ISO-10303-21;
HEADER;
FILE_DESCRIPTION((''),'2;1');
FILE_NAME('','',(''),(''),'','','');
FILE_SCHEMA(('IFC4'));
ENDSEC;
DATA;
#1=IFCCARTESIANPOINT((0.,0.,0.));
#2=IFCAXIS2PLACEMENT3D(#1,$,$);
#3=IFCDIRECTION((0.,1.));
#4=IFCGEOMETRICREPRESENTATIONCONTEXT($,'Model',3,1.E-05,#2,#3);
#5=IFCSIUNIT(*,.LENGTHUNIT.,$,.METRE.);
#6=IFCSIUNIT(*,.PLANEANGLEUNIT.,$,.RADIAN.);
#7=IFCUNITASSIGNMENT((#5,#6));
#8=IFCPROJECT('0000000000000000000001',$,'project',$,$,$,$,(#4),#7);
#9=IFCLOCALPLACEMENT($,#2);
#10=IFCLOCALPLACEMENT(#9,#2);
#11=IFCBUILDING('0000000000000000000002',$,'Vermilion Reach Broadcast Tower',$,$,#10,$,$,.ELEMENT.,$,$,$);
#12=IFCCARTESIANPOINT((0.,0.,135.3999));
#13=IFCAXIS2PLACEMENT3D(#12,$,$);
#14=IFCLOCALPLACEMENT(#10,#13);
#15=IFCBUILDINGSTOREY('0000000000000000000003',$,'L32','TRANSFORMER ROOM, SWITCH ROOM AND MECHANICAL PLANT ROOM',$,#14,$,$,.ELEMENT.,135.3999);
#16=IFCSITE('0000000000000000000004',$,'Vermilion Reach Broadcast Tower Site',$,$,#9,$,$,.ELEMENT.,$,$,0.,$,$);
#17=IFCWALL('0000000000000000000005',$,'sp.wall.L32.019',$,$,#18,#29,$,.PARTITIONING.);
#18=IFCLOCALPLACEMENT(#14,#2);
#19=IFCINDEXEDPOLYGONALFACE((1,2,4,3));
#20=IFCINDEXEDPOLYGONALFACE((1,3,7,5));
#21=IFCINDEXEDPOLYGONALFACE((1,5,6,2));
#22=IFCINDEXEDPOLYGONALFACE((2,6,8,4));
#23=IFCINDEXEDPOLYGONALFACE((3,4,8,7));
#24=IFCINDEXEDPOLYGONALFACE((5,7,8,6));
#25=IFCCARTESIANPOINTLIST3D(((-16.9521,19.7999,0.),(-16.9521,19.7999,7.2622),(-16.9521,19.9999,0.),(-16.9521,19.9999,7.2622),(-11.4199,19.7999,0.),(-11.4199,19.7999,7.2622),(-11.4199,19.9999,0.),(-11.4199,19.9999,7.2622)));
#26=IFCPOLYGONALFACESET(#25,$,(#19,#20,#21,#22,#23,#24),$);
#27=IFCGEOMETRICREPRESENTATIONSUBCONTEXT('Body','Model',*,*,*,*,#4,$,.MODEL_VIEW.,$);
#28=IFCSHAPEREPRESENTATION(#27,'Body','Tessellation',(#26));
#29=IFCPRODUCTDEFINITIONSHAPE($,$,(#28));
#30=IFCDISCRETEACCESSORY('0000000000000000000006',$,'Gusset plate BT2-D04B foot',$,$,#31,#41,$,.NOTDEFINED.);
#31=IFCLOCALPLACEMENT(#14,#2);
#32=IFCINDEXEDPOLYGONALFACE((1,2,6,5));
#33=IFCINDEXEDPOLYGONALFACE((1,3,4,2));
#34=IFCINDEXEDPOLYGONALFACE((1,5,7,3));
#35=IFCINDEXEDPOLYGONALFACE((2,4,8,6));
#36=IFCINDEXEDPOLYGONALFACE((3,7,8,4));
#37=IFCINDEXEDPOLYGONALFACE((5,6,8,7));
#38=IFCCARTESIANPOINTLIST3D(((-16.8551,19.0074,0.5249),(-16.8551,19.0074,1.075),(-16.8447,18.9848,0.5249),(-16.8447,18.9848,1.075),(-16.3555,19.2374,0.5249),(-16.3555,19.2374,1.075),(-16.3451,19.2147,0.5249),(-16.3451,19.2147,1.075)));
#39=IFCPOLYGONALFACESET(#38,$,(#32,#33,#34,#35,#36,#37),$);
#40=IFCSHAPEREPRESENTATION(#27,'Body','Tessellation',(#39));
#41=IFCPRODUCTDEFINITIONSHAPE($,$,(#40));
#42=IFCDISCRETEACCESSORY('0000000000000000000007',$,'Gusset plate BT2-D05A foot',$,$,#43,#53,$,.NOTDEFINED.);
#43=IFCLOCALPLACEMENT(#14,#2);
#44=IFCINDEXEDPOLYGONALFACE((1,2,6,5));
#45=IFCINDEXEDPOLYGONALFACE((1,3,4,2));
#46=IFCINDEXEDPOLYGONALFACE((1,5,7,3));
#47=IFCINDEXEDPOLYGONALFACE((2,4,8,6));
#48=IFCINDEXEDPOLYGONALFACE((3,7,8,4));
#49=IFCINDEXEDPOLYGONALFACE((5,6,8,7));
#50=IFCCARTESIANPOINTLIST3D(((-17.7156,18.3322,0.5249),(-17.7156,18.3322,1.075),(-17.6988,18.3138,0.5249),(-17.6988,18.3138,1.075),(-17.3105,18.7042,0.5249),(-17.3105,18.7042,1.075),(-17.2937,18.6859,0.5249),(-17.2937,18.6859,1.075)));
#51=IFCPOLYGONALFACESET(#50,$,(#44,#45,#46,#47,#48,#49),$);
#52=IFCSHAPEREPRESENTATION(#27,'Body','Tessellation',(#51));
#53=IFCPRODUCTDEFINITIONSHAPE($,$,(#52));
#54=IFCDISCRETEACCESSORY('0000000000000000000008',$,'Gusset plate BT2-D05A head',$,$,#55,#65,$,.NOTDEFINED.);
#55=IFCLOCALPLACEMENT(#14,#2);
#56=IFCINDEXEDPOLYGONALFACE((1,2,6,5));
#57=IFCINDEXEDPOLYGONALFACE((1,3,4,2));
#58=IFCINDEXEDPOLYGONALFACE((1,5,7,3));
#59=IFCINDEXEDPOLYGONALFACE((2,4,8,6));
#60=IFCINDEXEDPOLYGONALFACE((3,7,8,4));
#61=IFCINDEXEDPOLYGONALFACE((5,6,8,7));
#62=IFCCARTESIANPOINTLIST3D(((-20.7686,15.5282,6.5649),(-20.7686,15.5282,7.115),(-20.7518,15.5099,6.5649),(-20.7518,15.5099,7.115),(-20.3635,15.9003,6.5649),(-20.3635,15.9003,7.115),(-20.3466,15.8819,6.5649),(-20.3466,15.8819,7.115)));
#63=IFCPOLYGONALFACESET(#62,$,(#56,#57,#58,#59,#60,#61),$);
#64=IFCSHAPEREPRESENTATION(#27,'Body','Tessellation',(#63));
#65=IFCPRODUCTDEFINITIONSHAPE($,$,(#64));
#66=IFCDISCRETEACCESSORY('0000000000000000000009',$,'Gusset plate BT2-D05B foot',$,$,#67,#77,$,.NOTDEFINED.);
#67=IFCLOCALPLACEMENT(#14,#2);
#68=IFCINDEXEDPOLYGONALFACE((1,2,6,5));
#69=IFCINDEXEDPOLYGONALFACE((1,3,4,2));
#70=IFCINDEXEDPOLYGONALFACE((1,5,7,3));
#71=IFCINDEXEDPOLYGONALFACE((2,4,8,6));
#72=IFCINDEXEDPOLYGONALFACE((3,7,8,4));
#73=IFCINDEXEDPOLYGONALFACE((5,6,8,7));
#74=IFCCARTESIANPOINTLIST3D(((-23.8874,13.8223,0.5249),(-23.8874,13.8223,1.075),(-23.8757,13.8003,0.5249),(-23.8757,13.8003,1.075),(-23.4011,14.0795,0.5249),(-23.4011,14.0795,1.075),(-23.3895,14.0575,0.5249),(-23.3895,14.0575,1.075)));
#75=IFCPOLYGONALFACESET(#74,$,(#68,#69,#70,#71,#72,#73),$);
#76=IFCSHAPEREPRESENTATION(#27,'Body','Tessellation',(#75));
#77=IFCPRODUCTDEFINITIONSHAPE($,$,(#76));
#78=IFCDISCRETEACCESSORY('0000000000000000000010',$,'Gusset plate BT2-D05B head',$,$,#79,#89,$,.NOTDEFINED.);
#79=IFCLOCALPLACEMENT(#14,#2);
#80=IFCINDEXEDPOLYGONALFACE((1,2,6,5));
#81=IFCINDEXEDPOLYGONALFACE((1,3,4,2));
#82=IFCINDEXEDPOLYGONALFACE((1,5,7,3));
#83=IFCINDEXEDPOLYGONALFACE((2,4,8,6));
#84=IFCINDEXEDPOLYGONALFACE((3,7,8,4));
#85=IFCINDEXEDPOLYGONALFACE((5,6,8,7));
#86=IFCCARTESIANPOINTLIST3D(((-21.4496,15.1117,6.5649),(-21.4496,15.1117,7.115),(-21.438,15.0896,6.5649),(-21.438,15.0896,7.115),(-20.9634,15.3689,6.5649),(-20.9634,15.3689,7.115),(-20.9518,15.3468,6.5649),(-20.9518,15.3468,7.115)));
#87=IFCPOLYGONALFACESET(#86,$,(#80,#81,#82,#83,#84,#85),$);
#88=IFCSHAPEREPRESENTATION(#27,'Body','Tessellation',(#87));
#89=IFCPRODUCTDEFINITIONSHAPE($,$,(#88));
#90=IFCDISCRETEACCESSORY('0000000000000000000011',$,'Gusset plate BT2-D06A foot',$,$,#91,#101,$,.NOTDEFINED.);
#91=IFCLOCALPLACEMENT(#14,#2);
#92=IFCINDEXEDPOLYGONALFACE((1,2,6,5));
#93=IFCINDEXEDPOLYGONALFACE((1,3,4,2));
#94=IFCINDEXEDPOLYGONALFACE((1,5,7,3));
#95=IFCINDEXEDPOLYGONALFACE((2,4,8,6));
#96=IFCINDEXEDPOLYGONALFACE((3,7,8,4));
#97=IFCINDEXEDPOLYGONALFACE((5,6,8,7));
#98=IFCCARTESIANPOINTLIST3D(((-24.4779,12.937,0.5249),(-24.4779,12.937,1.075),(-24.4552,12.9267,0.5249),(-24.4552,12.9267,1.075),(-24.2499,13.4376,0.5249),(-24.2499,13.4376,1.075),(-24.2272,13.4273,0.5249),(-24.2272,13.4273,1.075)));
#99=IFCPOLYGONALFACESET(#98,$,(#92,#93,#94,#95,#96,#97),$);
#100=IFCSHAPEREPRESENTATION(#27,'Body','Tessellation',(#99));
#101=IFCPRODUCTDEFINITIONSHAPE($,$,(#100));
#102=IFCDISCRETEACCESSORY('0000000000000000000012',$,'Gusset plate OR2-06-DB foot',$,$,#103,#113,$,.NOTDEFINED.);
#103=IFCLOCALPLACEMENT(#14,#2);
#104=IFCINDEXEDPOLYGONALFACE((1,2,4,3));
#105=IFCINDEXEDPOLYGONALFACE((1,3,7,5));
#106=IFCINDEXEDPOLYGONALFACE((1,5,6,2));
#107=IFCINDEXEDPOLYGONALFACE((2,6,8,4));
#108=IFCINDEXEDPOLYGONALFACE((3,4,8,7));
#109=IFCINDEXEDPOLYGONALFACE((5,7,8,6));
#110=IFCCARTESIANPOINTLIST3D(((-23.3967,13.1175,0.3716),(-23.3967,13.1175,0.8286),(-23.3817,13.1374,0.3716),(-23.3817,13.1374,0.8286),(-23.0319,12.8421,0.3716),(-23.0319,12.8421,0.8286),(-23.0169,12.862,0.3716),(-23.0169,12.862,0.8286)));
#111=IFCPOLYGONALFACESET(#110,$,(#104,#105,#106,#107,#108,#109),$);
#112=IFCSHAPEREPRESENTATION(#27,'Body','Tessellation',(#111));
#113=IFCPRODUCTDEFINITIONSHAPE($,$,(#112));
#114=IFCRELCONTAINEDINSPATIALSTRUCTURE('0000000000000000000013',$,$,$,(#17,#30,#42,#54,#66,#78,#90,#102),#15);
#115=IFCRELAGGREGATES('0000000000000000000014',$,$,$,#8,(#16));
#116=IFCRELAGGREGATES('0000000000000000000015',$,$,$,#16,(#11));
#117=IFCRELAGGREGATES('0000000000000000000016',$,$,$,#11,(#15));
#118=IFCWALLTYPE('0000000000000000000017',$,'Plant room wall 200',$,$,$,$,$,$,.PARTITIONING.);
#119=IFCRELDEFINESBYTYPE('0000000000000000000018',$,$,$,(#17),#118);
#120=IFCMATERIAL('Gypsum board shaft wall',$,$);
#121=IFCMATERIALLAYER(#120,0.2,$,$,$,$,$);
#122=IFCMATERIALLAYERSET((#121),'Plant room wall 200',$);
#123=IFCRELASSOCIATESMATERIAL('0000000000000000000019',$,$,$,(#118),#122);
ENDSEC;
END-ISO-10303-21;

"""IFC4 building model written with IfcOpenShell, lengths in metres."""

from ifc_helpers import new_model, si_unit, direction, frame, frame_2d, origin, origin_2d, place, context, subcontext, project, spatial, rectangle, extrude, material, layer, layer_set, type_object, element, save


model = new_model("IFC4")

# Units and contexts
model_context = context("Model", 3, precision=1e-05, world=origin(), true_north=direction((0.0, 1.0)))
body_context = subcontext(model_context, "Body", "Model", "MODEL_VIEW")
ifc_project = project(units=[si_unit("LENGTHUNIT", "METRE"), si_unit("PLANEANGLEUNIT", "RADIAN")], contexts=[model_context])

# Site, building, storey
site_placement = place(None, origin())
site = spatial("IfcSite", under=ifc_project, at=site_placement, Name="Vermilion Reach Broadcast Tower Site", CompositionType="ELEMENT", RefElevation=0.0)
building_placement = place(site_placement, origin())
building = spatial("IfcBuilding", under=site, at=building_placement, Name="Vermilion Reach Broadcast Tower", CompositionType="ELEMENT")
storey_placement = place(building_placement, frame((0.0, 0.0, 135.3999)))
storey = spatial("IfcBuildingStorey", under=building, at=storey_placement, Name="L32", Description="TRANSFORMER ROOM, SWITCH ROOM AND MECHANICAL PLANT ROOM", CompositionType="ELEMENT", Elevation=135.3999)

# Wall
ifc_material_1 = material(Name="Gypsum board shaft wall")
ifc_layer = layer(ifc_material_1, 0.2)
ifc_layer_set = layer_set([ifc_layer], Name="Plant room wall 200")
wall_type = type_object("IfcWallType", Name="Plant room wall 200", PredefinedType="PARTITIONING", material=ifc_layer_set)
wall_1_placement = place(storey_placement, frame((-16.9521, 19.8999, 0.0), z_axis=(0.0, 0.0, 1.0), x_axis=(1.0, 0.0, 0.0)))
element("IfcWall", 1, at=wall_1_placement, inside=storey, type_object=wall_type, Name="sp.wall.L32.019", PredefinedType="PARTITIONING", context=body_context, shape_type="SweptSolid", body=[
    extrude(rectangle(XDim=5.5322, YDim=0.2, at=frame_2d((2.7661, 0.0))), origin(), (0.0, 0.0, 1.0), 7.2622),
])

# Discrete accessories
for number, where, z_axis, x_axis, name in (
    (2, (-16.6001, 19.1111, 0.5249), (0.0, 0.0, 1.0), (-0.418024, 0.908436, 0.0), "Gusset plate BT2-D04B foot"),
    (3, (-17.5046, 18.509, 0.5249), (0.0, 0.0, 1.0), (0.676425, -0.736512, 0.0), "Gusset plate BT2-D05A foot"),
    (4, (-20.5576, 15.7051, 6.5649), (0.0, 0.0, 1.0), (0.676425, -0.736512, 0.0), "Gusset plate BT2-D05A head"),
    (5, (-23.6384, 13.9399, 0.5249), (0.0, 0.0, 1.0), (-0.46759, 0.883946, 0.0), "Gusset plate BT2-D05B foot"),
    (6, (-21.2007, 15.2292, 6.5649), (0.0, 0.0, 1.0), (-0.46759, 0.883946, 0.0), "Gusset plate BT2-D05B head"),
    (7, (-24.3525, 13.1821, 0.5249), (0.0, 0.0, 1.0), (0.910046, -0.414507, 0.0), "Gusset plate BT2-D06A foot"),
):
    element("IfcDiscreteAccessory", number, at=place(storey_placement, frame(where, z_axis=z_axis, x_axis=x_axis)), inside=storey, Name=name, PredefinedType="NOTDEFINED", context=body_context, shape_type="SweptSolid", body=[
        extrude(rectangle(XDim=0.0249, YDim=0.55, at=origin_2d()), origin(), (0.0, 0.0, 1.0), 0.55),
    ])
discrete_accessory_placement = place(storey_placement, frame((-23.2068, 12.9897, 0.3716), z_axis=(0.0, 0.0, 1.0), x_axis=(-0.602512, -0.79811, 0.0)))
element("IfcDiscreteAccessory", 8, at=discrete_accessory_placement, inside=storey, Name="Gusset plate OR2-06-DB foot", PredefinedType="NOTDEFINED", context=body_context, shape_type="SweptSolid", body=[
    extrude(rectangle(XDim=0.0249, YDim=0.457, at=origin_2d()), origin(), (0.0, 0.0, 1.0), 0.457),
])

save(model, "model.ifc")
